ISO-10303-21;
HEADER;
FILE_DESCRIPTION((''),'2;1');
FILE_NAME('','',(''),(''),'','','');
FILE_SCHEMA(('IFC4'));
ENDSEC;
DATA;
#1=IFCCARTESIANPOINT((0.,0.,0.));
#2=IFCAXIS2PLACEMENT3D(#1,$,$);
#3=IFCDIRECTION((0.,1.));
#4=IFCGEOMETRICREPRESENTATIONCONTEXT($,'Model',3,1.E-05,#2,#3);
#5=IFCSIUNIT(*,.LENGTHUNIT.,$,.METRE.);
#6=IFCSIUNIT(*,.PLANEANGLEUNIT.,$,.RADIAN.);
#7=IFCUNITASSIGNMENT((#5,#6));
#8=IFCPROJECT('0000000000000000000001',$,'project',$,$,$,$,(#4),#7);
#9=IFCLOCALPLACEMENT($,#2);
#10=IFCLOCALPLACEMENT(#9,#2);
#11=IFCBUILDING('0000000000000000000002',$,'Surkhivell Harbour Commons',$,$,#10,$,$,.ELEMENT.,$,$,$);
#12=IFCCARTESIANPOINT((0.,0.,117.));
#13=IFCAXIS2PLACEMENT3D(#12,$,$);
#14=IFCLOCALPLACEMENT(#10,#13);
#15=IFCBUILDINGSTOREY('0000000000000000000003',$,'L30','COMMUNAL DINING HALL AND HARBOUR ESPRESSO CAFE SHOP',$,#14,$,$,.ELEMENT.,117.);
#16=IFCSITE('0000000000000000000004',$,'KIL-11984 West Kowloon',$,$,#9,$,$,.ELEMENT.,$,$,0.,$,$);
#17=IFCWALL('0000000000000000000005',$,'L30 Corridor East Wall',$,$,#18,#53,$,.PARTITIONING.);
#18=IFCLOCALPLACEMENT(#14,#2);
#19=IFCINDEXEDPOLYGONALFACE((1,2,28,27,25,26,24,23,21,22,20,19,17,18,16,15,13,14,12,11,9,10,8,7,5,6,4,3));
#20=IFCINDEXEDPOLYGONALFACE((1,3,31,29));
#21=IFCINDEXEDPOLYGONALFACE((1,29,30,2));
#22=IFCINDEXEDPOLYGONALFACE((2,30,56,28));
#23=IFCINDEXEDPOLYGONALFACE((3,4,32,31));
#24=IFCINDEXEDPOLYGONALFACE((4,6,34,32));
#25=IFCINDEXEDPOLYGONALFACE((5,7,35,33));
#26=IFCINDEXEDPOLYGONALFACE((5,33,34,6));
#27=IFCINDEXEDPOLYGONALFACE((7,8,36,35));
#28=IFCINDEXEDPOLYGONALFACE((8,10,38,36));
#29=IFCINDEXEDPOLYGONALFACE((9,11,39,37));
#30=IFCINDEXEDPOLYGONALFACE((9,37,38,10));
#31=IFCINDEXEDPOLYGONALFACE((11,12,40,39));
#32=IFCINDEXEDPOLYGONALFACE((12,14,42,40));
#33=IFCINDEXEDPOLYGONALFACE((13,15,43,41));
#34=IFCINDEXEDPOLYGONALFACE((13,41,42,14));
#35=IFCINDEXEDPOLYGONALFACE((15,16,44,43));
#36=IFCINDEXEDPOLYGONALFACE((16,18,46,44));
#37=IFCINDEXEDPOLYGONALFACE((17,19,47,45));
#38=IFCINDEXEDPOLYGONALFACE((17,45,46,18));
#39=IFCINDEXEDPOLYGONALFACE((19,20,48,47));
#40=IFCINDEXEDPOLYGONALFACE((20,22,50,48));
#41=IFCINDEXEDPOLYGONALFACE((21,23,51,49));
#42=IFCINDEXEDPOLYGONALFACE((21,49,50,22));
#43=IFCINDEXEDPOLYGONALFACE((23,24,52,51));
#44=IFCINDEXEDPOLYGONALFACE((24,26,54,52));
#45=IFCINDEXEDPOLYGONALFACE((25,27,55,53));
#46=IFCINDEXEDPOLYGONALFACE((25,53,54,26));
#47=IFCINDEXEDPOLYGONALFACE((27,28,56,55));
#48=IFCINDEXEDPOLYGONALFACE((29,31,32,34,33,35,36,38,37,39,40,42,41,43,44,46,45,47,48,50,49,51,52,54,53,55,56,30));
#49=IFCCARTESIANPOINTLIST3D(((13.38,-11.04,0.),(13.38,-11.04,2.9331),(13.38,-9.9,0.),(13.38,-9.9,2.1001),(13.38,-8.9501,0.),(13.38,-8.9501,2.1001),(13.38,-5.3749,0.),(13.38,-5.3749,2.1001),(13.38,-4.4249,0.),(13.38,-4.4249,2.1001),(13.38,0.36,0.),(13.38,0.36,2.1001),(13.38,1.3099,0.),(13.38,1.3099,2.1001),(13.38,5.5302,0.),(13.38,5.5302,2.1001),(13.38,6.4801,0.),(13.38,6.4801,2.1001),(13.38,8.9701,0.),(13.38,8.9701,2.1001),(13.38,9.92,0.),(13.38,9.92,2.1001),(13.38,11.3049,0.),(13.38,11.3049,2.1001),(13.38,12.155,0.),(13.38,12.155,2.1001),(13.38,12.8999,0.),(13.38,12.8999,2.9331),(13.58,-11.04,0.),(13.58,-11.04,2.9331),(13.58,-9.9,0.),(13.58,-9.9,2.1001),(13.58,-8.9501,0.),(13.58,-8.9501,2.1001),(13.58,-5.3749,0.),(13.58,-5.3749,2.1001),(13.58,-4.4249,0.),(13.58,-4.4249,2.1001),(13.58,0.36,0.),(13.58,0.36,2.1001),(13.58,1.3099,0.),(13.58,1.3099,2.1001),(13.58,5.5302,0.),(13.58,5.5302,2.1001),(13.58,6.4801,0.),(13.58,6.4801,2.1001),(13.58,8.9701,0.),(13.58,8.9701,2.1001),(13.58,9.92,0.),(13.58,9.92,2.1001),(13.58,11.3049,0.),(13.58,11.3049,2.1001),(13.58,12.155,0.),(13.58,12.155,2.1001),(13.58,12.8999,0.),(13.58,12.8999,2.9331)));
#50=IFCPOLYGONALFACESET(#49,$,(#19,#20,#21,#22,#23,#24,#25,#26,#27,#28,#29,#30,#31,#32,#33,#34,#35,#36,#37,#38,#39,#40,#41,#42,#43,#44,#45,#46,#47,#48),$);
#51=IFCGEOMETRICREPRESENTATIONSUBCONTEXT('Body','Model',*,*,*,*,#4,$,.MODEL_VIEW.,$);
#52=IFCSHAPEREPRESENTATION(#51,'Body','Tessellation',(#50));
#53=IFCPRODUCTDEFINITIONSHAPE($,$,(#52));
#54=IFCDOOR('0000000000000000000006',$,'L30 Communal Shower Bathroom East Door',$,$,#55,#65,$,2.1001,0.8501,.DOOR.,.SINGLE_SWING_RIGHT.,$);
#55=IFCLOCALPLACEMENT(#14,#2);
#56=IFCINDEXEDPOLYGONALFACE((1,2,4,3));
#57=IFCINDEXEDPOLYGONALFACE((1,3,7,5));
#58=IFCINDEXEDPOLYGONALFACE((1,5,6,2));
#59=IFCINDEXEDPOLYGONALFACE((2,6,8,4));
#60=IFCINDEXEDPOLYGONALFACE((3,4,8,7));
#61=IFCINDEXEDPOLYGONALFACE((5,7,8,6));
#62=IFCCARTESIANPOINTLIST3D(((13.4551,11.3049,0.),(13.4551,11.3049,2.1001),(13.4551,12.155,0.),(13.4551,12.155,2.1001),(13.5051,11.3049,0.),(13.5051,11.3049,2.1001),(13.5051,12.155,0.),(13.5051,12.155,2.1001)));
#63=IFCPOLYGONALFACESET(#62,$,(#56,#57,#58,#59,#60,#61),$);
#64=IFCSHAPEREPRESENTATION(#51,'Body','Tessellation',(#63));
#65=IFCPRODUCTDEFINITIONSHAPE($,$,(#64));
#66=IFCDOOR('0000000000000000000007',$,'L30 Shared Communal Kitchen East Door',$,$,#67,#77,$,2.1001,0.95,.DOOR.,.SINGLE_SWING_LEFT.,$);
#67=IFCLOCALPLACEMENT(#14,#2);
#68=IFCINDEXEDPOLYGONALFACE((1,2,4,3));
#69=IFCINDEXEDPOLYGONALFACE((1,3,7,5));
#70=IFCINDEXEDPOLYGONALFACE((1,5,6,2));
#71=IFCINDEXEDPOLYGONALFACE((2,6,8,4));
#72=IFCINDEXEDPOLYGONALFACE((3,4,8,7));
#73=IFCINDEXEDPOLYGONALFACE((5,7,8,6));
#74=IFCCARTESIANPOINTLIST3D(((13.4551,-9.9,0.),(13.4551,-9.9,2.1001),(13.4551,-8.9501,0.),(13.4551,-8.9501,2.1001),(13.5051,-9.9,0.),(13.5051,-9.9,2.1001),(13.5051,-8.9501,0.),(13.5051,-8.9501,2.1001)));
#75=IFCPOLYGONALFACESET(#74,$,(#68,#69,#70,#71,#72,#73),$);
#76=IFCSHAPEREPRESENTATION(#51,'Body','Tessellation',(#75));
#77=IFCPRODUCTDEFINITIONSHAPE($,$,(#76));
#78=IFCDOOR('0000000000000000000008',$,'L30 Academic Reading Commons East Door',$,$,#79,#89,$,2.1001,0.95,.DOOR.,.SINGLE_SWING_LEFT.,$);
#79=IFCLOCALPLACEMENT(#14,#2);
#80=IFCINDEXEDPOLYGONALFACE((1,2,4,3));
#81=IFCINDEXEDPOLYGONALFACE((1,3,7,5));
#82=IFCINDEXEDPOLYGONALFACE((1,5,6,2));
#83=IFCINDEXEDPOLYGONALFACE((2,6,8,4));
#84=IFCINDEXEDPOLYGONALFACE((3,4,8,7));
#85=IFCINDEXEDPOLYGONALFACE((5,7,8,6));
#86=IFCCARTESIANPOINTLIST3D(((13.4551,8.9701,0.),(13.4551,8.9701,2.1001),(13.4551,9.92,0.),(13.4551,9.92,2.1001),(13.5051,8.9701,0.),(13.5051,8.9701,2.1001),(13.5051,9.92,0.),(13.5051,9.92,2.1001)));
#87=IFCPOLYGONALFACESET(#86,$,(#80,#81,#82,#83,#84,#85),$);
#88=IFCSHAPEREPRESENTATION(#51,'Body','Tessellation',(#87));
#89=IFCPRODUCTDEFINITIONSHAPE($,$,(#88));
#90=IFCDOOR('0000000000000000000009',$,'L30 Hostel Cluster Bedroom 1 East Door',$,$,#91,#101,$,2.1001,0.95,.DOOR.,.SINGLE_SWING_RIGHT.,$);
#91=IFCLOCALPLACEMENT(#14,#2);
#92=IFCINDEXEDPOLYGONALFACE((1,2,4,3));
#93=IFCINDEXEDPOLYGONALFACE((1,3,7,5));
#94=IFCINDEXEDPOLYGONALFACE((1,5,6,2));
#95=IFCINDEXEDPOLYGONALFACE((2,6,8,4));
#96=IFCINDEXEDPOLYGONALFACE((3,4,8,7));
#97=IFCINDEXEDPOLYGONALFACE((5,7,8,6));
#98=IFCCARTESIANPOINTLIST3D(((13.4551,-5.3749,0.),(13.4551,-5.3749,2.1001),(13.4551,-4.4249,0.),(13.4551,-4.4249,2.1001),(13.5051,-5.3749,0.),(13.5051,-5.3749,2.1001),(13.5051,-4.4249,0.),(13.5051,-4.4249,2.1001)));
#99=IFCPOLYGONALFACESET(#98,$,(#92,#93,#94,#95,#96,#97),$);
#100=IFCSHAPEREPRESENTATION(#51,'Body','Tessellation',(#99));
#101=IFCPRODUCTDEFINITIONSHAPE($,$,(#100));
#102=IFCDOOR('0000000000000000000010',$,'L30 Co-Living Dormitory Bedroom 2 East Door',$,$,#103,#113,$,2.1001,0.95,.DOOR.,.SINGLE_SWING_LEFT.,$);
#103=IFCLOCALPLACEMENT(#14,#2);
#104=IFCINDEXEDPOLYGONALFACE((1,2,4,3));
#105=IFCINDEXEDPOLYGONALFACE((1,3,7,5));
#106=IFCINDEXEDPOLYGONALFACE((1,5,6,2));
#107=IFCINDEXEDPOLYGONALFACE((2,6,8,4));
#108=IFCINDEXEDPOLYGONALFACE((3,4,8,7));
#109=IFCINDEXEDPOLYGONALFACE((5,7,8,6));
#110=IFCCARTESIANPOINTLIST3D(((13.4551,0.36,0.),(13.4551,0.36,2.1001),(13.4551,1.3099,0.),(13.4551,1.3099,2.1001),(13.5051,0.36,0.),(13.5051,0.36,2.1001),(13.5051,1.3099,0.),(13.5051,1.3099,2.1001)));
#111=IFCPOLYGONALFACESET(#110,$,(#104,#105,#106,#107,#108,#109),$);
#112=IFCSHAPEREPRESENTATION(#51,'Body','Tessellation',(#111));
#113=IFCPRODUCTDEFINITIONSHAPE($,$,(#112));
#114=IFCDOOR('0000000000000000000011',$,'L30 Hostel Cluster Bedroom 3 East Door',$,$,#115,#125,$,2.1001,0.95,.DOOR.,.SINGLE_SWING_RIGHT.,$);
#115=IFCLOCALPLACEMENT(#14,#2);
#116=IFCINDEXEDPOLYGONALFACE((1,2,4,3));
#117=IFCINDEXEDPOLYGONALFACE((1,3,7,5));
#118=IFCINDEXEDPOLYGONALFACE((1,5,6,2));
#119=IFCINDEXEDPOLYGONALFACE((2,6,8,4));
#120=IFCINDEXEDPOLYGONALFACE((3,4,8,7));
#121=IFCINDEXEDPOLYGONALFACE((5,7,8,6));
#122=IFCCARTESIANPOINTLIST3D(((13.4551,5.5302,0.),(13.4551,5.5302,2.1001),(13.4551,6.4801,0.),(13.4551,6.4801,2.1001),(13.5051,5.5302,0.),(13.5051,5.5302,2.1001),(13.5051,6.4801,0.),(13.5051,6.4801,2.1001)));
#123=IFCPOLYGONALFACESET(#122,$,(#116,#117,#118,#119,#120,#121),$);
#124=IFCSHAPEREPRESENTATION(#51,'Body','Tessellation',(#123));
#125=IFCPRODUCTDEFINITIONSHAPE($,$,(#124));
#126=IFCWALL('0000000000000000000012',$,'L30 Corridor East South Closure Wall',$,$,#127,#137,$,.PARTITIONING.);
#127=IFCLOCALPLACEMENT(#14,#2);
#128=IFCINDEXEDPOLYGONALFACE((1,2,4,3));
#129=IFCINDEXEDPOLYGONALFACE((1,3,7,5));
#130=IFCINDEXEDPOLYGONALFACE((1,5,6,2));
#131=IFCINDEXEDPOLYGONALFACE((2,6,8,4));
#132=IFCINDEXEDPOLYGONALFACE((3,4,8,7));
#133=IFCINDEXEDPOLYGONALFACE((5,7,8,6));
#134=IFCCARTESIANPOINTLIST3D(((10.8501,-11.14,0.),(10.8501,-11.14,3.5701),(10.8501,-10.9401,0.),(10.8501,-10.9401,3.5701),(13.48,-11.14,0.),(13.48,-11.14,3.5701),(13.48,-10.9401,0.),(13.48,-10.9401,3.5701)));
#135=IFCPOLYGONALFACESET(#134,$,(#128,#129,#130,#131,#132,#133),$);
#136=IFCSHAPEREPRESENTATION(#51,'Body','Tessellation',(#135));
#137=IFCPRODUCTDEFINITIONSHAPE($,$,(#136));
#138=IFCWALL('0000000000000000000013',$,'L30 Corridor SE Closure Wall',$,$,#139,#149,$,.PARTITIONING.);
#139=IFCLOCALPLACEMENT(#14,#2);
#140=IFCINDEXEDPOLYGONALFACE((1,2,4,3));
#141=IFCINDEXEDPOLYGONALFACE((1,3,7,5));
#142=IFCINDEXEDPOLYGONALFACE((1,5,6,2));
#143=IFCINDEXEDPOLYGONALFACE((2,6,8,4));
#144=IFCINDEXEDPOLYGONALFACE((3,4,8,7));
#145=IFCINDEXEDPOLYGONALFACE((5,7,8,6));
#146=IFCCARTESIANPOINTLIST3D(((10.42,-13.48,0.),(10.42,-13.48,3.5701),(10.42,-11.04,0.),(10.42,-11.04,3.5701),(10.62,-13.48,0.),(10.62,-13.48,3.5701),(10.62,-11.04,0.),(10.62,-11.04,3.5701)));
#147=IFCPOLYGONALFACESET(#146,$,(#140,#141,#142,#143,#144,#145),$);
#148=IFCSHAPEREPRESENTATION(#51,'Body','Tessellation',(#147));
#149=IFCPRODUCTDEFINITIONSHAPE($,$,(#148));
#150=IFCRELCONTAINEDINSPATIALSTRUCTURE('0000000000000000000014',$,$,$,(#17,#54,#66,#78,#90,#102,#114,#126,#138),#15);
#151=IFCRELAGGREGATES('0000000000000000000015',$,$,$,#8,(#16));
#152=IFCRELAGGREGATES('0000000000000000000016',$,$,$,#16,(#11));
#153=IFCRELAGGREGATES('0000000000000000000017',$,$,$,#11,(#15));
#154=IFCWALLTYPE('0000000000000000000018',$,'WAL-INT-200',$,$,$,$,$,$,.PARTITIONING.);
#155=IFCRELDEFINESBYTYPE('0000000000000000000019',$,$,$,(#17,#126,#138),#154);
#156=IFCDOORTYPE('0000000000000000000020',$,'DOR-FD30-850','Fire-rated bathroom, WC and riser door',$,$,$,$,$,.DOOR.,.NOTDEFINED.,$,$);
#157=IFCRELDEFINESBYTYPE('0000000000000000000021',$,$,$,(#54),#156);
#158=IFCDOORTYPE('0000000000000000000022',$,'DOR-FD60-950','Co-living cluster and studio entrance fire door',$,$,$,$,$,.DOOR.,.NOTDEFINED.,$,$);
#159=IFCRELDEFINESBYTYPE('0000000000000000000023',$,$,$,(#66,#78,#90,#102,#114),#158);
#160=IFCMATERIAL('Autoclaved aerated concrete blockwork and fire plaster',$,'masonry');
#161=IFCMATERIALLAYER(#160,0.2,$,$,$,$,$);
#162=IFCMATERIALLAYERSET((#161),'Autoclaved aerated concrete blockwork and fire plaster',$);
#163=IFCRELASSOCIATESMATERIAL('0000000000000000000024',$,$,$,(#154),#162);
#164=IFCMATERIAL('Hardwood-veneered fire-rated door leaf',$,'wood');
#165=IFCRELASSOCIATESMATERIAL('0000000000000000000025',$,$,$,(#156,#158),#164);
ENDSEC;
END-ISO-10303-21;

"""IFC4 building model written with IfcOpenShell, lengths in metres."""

from ifc_helpers import new_model, si_unit, direction, frame, frame_2d, origin, place, context, subcontext, project, spatial, rectangle, extrude, material, layer, layer_set, type_object, element, fill, save


model = new_model("IFC4")

# Units and contexts
model_context = context("Model", 3, precision=1e-05, world=origin(), true_north=direction((0.0, 1.0)))
body_context = subcontext(model_context, "Body", "Model", "MODEL_VIEW")
ifc_project = project(units=[si_unit("LENGTHUNIT", "METRE"), si_unit("PLANEANGLEUNIT", "RADIAN")], contexts=[model_context])

# Site, building, storey
site_placement = place(None, origin())
site = spatial("IfcSite", under=ifc_project, at=site_placement, Name="KIL-11984 West Kowloon", CompositionType="ELEMENT", RefElevation=0.0)
building_placement = place(site_placement, origin())
building = spatial("IfcBuilding", under=site, at=building_placement, Name="Surkhivell Harbour Commons", CompositionType="ELEMENT")
storey_placement = place(building_placement, frame((0.0, 0.0, 117.0)))
storey = spatial("IfcBuildingStorey", under=building, at=storey_placement, Name="L30", Description="COMMUNAL DINING HALL AND HARBOUR ESPRESSO CAFE SHOP", CompositionType="ELEMENT", Elevation=117.0)

# Shared definitions
ifc_material_1 = material(Name="Autoclaved aerated concrete blockwork and fire plaster", Category="masonry")
ifc_layer_1 = layer(ifc_material_1, 0.2)
ifc_layer_set_1 = layer_set([ifc_layer_1], Name="Autoclaved aerated concrete blockwork and fire plaster")
wall_type_1 = type_object("IfcWallType", Name="WAL-INT-200", PredefinedType="PARTITIONING", material=ifc_layer_set_1)

# Wall, openings, doors
wall_1_placement = place(storey_placement, frame((13.48, -11.04, 0.0), z_axis=(0.0, 0.0, 1.0), x_axis=(0.0, 1.0, 0.0)))
wall_1 = element("IfcWall", 1, at=wall_1_placement, inside=storey, type_object=wall_type_1, Name="L30 Corridor East Wall", PredefinedType="PARTITIONING", context=body_context, shape_type="SweptSolid", body=[
    extrude(rectangle(XDim=23.9399, YDim=0.2, at=frame_2d((11.97, 0.0))), origin(), (0.0, 0.0, 1.0), 2.9331),
])
opening_1_placement = place(wall_1_placement, frame((1.1399, 0.0, 0.0)))
opening_1 = element("IfcOpeningElement", 2, at=opening_1_placement, cuts=wall_1, PredefinedType="OPENING", context=body_context, shape_type="SweptSolid", body=[
    extrude(rectangle(XDim=0.95, YDim=2.1001, at=frame_2d((0.4751, 1.05))), frame((0.0, 0.1099, 0.0), z_axis=(0.0, -1.0, 0.0), x_axis=(1.0, 0.0, 0.0)), (0.0, 0.0, 1.0), 0.22),
])
opening_2_placement = place(wall_1_placement, frame((22.345, 0.0, 0.0)))
opening_2 = element("IfcOpeningElement", 3, at=opening_2_placement, cuts=wall_1, PredefinedType="OPENING", context=body_context, shape_type="SweptSolid", body=[
    extrude(rectangle(XDim=0.8501, YDim=2.1001, at=frame_2d((0.425, 1.05))), frame((0.0, 0.1099, 0.0), z_axis=(0.0, -1.0, 0.0), x_axis=(1.0, 0.0, 0.0)), (0.0, 0.0, 1.0), 0.22),
])
opening_3_placement = place(wall_1_placement, frame((20.01, 0.0, 0.0)))
opening_3 = element("IfcOpeningElement", 4, at=opening_3_placement, cuts=wall_1, PredefinedType="OPENING", context=body_context, shape_type="SweptSolid", body=[
    extrude(rectangle(XDim=0.95, YDim=2.1001, at=frame_2d((0.4751, 1.05))), frame((0.0, 0.1099, 0.0), z_axis=(0.0, -1.0, 0.0), x_axis=(1.0, 0.0, 0.0)), (0.0, 0.0, 1.0), 0.22),
])
opening_4_placement = place(wall_1_placement, frame((5.665, 0.0, 0.0)))
opening_4 = element("IfcOpeningElement", 5, at=opening_4_placement, cuts=wall_1, PredefinedType="OPENING", context=body_context, shape_type="SweptSolid", body=[
    extrude(rectangle(XDim=0.95, YDim=2.1001, at=frame_2d((0.4751, 1.05))), frame((0.0, 0.1099, 0.0), z_axis=(0.0, -1.0, 0.0), x_axis=(1.0, 0.0, 0.0)), (0.0, 0.0, 1.0), 0.22),
])
opening_5_placement = place(wall_1_placement, frame((11.3999, 0.0, 0.0)))
opening_5 = element("IfcOpeningElement", 6, at=opening_5_placement, cuts=wall_1, PredefinedType="OPENING", context=body_context, shape_type="SweptSolid", body=[
    extrude(rectangle(XDim=0.95, YDim=2.1001, at=frame_2d((0.4751, 1.05))), frame((0.0, 0.1099, 0.0), z_axis=(0.0, -1.0, 0.0), x_axis=(1.0, 0.0, 0.0)), (0.0, 0.0, 1.0), 0.22),
])
opening_6_placement = place(wall_1_placement, frame((16.5701, 0.0, 0.0)))
opening_6 = element("IfcOpeningElement", 7, at=opening_6_placement, cuts=wall_1, PredefinedType="OPENING", context=body_context, shape_type="SweptSolid", body=[
    extrude(rectangle(XDim=0.95, YDim=2.1001, at=frame_2d((0.4751, 1.05))), frame((0.0, 0.1099, 0.0), z_axis=(0.0, -1.0, 0.0), x_axis=(1.0, 0.0, 0.0)), (0.0, 0.0, 1.0), 0.22),
])
ifc_material_2 = material(Name="Hardwood-veneered fire-rated door leaf", Category="wood")
door_type_1 = type_object("IfcDoorType", Name="DOR-FD30-850", Description="Fire-rated bathroom, WC and riser door", OperationType="NOTDEFINED", PredefinedType="DOOR", material=ifc_material_2)
door_1_placement = place(opening_2_placement, origin())
door_1 = element("IfcDoor", 8, at=door_1_placement, inside=storey, type_object=door_type_1, Name="L30 Communal Shower Bathroom East Door", OperationType="SINGLE_SWING_RIGHT", OverallHeight=2.1001, OverallWidth=0.8501, PredefinedType="DOOR", context=body_context, shape_type="SweptSolid", body=[
    extrude(rectangle(XDim=0.8501, YDim=2.1001, at=frame_2d((0.425, 1.05))), frame((0.0, 0.0249, 0.0), z_axis=(0.0, -1.0, 0.0), x_axis=(1.0, 0.0, 0.0)), (0.0, 0.0, 1.0), 0.05),
])
fill(opening_2, door_1)
door_type_2 = type_object("IfcDoorType", Name="DOR-FD60-950", Description="Co-living cluster and studio entrance fire door", OperationType="NOTDEFINED", PredefinedType="DOOR", material=ifc_material_2)
door_2_placement = place(opening_1_placement, origin())
door_2 = element("IfcDoor", 9, at=door_2_placement, inside=storey, type_object=door_type_2, Name="L30 Shared Communal Kitchen East Door", OperationType="SINGLE_SWING_LEFT", OverallHeight=2.1001, OverallWidth=0.95, PredefinedType="DOOR", context=body_context, shape_type="SweptSolid", body=[
    extrude(rectangle(XDim=0.95, YDim=2.1001, at=frame_2d((0.4751, 1.05))), frame((0.0, 0.0249, 0.0), z_axis=(0.0, -1.0, 0.0), x_axis=(1.0, 0.0, 0.0)), (0.0, 0.0, 1.0), 0.05),
])
fill(opening_1, door_2)
door_3_placement = place(opening_3_placement, origin())
door_3 = element("IfcDoor", 10, at=door_3_placement, inside=storey, type_object=door_type_2, Name="L30 Academic Reading Commons East Door", OperationType="SINGLE_SWING_LEFT", OverallHeight=2.1001, OverallWidth=0.95, PredefinedType="DOOR", context=body_context, shape_type="SweptSolid", body=[
    extrude(rectangle(XDim=0.95, YDim=2.1001, at=frame_2d((0.4751, 1.05))), frame((0.0, 0.0249, 0.0), z_axis=(0.0, -1.0, 0.0), x_axis=(1.0, 0.0, 0.0)), (0.0, 0.0, 1.0), 0.05),
])
fill(opening_3, door_3)
door_4_placement = place(opening_4_placement, origin())
door_4 = element("IfcDoor", 11, at=door_4_placement, inside=storey, type_object=door_type_2, Name="L30 Hostel Cluster Bedroom 1 East Door", OperationType="SINGLE_SWING_RIGHT", OverallHeight=2.1001, OverallWidth=0.95, PredefinedType="DOOR", context=body_context, shape_type="SweptSolid", body=[
    extrude(rectangle(XDim=0.95, YDim=2.1001, at=frame_2d((0.4751, 1.05))), frame((0.0, 0.0249, 0.0), z_axis=(0.0, -1.0, 0.0), x_axis=(1.0, 0.0, 0.0)), (0.0, 0.0, 1.0), 0.05),
])
fill(opening_4, door_4)
door_5_placement = place(opening_5_placement, origin())
door_5 = element("IfcDoor", 12, at=door_5_placement, inside=storey, type_object=door_type_2, Name="L30 Co-Living Dormitory Bedroom 2 East Door", OperationType="SINGLE_SWING_LEFT", OverallHeight=2.1001, OverallWidth=0.95, PredefinedType="DOOR", context=body_context, shape_type="SweptSolid", body=[
    extrude(rectangle(XDim=0.95, YDim=2.1001, at=frame_2d((0.4751, 1.05))), frame((0.0, 0.0249, 0.0), z_axis=(0.0, -1.0, 0.0), x_axis=(1.0, 0.0, 0.0)), (0.0, 0.0, 1.0), 0.05),
])
fill(opening_5, door_5)
door_6_placement = place(opening_6_placement, origin())
door_6 = element("IfcDoor", 13, at=door_6_placement, inside=storey, type_object=door_type_2, Name="L30 Hostel Cluster Bedroom 3 East Door", OperationType="SINGLE_SWING_RIGHT", OverallHeight=2.1001, OverallWidth=0.95, PredefinedType="DOOR", context=body_context, shape_type="SweptSolid", body=[
    extrude(rectangle(XDim=0.95, YDim=2.1001, at=frame_2d((0.4751, 1.05))), frame((0.0, 0.0249, 0.0), z_axis=(0.0, -1.0, 0.0), x_axis=(1.0, 0.0, 0.0)), (0.0, 0.0, 1.0), 0.05),
])
fill(opening_6, door_6)

# Walls
wall_2_placement = place(storey_placement, frame((10.8501, -11.04, 0.0), z_axis=(0.0, 0.0, 1.0), x_axis=(1.0, 0.0, 0.0)))
element("IfcWall", 14, at=wall_2_placement, inside=storey, type_object=wall_type_1, Name="L30 Corridor East South Closure Wall", PredefinedType="PARTITIONING", context=body_context, shape_type="SweptSolid", body=[
    extrude(rectangle(XDim=2.6299, YDim=0.2, at=frame_2d((1.3149, 0.0))), origin(), (0.0, 0.0, 1.0), 3.5701),
])
wall_3_placement = place(storey_placement, frame((10.52, -13.48, 0.0), z_axis=(0.0, 0.0, 1.0), x_axis=(0.0, 1.0, 0.0)))
element("IfcWall", 15, at=wall_3_placement, inside=storey, type_object=wall_type_1, Name="L30 Corridor SE Closure Wall", PredefinedType="PARTITIONING", context=body_context, shape_type="SweptSolid", body=[
    extrude(rectangle(XDim=2.4399, YDim=0.2, at=frame_2d((1.22, 0.0))), origin(), (0.0, 0.0, 1.0), 3.5701),
])

save(model, "model.ifc")
